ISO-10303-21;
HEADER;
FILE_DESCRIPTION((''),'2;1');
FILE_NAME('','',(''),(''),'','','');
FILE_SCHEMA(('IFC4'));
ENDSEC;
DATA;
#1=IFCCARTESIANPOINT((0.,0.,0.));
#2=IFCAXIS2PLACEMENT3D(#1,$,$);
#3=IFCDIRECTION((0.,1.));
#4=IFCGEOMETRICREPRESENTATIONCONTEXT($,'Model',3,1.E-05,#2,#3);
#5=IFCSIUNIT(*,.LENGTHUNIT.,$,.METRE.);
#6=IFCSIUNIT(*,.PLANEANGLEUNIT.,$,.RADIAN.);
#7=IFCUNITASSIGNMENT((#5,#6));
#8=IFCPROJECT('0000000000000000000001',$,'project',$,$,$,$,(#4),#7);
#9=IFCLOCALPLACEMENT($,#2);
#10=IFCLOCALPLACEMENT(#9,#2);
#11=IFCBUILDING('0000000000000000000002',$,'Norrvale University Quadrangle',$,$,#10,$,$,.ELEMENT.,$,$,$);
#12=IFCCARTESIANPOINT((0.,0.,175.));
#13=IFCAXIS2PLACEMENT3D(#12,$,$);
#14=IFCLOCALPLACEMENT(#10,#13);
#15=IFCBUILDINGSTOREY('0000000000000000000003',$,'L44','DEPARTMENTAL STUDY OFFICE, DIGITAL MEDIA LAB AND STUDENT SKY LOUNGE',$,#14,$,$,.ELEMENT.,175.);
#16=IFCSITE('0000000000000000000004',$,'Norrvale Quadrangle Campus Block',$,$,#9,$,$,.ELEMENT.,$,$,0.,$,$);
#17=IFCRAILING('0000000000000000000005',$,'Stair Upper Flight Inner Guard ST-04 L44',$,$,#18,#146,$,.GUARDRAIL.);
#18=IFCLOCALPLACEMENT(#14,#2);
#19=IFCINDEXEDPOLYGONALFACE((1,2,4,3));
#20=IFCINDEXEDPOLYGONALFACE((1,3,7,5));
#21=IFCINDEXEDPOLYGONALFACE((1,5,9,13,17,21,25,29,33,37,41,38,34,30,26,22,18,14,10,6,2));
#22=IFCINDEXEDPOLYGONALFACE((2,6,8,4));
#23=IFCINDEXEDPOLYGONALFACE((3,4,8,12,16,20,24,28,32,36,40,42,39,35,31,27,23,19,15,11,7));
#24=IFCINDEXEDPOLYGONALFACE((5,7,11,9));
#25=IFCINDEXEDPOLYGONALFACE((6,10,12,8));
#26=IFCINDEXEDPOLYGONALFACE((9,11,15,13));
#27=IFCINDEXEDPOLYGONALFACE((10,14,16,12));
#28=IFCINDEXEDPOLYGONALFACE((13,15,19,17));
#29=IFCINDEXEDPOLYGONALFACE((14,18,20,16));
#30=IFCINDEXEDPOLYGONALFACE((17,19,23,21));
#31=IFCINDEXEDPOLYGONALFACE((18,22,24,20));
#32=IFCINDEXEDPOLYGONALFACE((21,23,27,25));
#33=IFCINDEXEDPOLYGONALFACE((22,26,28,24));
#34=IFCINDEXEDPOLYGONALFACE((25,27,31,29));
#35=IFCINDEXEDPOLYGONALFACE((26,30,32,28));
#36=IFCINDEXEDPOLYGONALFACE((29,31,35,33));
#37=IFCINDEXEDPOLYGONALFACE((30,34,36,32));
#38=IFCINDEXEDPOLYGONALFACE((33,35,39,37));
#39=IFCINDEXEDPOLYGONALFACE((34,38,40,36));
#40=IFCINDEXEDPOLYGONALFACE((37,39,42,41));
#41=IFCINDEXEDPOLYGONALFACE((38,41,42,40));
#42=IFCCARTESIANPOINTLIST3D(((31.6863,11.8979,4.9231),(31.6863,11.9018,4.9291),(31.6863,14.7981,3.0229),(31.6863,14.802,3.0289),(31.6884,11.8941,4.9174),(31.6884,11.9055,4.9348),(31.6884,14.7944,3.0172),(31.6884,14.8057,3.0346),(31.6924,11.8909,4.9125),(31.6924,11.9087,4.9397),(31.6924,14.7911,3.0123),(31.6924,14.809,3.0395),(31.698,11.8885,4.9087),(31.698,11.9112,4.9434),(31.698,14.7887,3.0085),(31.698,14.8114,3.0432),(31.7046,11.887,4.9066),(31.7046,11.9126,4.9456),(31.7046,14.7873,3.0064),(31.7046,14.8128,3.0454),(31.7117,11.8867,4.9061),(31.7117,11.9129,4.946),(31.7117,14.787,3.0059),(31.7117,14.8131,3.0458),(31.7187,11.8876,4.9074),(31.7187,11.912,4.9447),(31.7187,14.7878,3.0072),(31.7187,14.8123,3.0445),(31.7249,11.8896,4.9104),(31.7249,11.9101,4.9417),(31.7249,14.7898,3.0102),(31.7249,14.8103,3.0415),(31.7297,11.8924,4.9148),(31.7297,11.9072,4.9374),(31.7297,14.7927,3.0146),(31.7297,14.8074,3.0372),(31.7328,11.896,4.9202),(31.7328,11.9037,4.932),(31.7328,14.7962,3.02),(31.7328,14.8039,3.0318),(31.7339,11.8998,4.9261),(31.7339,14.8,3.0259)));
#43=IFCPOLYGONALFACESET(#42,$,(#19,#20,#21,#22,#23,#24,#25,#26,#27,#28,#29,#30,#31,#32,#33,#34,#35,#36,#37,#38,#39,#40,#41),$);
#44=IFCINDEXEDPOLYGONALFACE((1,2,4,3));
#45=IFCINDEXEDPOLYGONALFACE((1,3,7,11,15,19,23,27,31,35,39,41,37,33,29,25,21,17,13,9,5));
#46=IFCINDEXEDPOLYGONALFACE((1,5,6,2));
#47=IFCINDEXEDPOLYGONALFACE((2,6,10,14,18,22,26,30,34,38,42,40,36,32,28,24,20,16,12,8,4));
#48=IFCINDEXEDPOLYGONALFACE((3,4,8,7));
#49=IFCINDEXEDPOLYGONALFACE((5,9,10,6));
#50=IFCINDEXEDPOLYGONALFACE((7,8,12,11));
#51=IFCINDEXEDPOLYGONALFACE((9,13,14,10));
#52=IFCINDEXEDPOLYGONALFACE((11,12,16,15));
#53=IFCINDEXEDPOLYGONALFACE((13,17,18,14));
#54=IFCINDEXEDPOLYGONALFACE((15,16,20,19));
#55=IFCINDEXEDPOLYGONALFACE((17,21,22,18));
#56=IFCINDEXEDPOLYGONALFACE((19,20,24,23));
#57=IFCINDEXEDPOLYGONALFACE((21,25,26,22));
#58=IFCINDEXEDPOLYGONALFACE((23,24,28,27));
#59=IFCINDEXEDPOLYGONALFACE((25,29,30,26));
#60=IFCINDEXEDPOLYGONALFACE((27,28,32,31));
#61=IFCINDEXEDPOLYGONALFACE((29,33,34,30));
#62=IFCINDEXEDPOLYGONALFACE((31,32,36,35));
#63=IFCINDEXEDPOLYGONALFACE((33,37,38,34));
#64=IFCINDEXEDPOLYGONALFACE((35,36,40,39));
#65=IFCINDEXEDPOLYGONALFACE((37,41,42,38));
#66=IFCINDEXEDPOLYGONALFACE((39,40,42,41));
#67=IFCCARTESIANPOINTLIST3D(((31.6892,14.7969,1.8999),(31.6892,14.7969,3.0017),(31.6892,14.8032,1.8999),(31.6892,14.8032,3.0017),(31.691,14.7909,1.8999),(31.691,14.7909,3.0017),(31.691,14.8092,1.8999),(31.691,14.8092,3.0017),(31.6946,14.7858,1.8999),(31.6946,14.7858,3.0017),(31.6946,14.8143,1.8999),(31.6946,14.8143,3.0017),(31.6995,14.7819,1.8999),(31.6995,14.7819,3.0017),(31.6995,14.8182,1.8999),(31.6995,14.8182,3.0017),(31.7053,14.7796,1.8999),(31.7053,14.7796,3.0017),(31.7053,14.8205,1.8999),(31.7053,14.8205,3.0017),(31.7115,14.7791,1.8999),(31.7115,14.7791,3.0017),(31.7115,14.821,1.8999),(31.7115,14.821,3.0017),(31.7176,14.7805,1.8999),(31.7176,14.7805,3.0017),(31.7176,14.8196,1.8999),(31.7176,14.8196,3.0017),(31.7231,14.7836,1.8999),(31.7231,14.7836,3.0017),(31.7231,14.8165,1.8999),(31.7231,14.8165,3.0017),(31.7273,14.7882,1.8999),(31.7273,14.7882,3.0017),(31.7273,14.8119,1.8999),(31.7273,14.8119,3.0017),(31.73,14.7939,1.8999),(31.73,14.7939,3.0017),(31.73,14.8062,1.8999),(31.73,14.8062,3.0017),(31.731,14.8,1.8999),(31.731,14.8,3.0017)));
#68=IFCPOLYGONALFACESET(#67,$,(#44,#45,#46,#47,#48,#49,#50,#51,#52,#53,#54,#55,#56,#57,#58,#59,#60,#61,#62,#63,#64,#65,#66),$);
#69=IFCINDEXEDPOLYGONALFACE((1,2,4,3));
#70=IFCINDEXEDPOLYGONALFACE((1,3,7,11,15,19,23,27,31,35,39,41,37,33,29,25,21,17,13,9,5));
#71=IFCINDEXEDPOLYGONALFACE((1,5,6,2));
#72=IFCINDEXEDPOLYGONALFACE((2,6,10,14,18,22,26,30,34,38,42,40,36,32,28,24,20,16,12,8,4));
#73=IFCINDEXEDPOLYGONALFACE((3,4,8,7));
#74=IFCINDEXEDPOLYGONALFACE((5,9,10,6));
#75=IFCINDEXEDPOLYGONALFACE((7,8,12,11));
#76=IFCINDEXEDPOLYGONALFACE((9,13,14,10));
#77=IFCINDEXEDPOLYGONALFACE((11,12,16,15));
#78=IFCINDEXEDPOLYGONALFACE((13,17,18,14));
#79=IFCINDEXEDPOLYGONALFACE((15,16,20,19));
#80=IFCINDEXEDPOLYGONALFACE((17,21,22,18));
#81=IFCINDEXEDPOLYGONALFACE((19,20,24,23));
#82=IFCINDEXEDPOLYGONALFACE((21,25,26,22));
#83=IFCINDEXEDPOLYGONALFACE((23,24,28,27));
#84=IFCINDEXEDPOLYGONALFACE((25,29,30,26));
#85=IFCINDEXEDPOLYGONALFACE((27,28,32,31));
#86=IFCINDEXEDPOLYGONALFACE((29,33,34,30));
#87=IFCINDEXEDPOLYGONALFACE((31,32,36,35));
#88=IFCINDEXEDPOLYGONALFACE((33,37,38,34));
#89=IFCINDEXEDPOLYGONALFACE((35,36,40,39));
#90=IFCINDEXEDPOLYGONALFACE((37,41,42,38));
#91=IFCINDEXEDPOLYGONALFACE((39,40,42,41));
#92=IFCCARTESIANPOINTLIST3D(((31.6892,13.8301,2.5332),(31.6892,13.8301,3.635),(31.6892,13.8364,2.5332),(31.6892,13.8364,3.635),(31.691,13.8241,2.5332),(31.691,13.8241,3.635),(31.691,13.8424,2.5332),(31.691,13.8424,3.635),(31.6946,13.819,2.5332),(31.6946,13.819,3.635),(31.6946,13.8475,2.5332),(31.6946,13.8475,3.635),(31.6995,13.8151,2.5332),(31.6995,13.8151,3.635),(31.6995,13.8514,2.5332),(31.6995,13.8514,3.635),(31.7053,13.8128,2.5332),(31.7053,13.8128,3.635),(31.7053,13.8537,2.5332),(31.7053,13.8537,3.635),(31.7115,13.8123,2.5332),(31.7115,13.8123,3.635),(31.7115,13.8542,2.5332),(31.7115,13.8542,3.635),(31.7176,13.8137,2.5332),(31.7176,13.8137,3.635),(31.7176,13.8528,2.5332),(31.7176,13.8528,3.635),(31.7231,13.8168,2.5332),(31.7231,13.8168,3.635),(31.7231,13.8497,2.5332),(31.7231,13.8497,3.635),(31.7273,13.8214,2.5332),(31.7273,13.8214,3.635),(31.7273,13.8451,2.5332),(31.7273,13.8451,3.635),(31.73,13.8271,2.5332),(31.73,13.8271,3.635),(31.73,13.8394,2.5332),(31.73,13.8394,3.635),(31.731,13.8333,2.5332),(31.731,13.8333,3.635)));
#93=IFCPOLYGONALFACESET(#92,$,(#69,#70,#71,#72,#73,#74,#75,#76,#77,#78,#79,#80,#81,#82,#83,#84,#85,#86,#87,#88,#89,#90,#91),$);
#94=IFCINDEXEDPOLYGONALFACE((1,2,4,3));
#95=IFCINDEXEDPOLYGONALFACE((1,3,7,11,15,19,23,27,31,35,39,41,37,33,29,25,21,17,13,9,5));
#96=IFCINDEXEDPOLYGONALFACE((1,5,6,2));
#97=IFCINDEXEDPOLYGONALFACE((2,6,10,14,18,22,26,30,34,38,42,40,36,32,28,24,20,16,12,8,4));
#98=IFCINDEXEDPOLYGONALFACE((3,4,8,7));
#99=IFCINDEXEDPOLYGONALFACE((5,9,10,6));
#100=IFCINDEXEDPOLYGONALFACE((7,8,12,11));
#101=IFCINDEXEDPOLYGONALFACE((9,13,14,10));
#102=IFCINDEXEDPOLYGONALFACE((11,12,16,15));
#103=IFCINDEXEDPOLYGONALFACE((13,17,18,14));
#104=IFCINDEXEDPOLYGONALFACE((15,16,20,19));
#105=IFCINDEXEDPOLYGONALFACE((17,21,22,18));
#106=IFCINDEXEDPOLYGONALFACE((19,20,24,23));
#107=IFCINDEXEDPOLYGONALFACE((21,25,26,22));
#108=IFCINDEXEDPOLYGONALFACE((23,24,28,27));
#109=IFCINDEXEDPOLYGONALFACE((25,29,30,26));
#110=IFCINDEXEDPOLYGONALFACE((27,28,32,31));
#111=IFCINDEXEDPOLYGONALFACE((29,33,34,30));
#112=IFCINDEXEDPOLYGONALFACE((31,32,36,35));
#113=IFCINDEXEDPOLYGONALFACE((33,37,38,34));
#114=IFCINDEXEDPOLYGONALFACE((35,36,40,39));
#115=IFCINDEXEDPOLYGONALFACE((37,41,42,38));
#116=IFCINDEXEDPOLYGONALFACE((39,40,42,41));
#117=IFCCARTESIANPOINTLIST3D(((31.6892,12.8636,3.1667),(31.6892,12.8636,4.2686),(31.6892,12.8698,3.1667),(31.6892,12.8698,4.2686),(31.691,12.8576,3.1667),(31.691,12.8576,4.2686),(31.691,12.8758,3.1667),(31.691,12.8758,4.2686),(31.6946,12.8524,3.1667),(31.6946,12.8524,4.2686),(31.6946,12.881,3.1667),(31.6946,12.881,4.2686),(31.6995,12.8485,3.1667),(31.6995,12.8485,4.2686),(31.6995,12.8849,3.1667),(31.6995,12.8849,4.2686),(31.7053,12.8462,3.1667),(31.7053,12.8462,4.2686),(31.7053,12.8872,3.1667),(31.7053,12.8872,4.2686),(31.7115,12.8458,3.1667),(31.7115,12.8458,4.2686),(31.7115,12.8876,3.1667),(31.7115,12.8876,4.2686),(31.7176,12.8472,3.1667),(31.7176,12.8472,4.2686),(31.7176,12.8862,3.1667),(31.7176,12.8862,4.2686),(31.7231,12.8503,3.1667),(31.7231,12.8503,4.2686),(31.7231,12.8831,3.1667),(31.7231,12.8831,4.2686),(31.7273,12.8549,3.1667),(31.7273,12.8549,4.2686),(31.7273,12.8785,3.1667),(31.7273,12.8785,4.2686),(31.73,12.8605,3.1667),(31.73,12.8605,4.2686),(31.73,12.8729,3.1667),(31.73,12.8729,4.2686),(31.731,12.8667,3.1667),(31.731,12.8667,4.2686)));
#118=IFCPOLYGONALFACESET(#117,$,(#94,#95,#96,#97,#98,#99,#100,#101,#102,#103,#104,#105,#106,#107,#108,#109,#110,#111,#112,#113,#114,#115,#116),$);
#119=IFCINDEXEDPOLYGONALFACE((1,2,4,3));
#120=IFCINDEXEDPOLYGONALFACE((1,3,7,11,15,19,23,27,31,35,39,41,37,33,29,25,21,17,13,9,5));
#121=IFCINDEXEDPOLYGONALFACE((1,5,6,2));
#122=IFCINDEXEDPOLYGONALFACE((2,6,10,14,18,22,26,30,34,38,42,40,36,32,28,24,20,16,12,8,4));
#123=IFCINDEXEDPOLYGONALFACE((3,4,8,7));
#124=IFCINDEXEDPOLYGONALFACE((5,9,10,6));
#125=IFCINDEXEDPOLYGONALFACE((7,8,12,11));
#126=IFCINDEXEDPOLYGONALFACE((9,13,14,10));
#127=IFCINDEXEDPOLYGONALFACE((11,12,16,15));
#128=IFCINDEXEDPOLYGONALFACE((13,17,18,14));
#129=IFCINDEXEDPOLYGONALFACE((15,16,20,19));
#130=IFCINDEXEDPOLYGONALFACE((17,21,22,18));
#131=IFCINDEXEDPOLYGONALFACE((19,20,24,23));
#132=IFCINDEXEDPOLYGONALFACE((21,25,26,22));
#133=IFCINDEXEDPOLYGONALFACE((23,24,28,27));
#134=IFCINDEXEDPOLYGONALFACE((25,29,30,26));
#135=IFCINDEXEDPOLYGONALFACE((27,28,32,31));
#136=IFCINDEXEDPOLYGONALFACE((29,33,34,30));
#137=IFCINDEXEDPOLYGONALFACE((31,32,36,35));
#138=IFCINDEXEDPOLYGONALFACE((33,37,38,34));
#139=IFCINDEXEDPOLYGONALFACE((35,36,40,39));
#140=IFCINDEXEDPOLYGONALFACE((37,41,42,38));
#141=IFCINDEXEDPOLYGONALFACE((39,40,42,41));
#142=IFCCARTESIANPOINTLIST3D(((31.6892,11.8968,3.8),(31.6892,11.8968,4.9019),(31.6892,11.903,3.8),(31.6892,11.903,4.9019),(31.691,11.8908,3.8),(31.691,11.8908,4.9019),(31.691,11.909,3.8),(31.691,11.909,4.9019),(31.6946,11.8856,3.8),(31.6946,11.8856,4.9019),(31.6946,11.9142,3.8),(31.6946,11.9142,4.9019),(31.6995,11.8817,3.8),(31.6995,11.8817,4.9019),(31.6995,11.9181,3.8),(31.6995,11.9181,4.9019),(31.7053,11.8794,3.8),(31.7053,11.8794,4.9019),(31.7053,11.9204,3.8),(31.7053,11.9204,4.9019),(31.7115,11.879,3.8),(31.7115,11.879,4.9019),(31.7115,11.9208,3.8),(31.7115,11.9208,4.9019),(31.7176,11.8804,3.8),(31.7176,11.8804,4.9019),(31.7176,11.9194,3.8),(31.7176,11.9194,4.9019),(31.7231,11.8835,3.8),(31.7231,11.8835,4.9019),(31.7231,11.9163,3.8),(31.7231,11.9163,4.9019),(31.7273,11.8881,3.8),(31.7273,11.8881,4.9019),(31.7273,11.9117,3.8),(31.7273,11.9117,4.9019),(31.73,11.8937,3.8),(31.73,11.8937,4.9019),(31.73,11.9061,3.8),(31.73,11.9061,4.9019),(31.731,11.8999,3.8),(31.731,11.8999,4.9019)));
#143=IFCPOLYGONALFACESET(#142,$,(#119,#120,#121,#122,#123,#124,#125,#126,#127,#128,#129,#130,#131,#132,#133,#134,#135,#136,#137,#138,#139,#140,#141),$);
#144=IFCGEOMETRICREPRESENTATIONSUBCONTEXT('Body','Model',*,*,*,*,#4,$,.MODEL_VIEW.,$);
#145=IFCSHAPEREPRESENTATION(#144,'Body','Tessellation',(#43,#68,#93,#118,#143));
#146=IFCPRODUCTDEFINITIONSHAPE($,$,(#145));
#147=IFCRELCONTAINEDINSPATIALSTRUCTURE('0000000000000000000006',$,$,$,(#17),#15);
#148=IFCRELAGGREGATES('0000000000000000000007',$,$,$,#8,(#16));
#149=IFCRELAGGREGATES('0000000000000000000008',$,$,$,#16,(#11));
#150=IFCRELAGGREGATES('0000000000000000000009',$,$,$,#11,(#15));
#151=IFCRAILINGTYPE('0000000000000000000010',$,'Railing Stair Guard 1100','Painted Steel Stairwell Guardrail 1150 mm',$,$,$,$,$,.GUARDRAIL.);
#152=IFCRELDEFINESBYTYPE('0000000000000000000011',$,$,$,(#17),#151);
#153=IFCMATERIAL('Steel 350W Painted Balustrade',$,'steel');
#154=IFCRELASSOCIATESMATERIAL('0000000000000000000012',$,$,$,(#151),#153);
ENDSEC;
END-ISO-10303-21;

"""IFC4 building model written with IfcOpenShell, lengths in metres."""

from ifc_helpers import new_model, si_unit, direction, frame, origin, origin_2d, place, context, subcontext, project, spatial, circle, extrude, material, type_object, element, save


model = new_model("IFC4")

# Units and contexts
model_context = context("Model", 3, precision=1e-05, world=origin(), true_north=direction((0.0, 1.0)))
body_context = subcontext(model_context, "Body", "Model", "MODEL_VIEW")
ifc_project = project(units=[si_unit("LENGTHUNIT", "METRE"), si_unit("PLANEANGLEUNIT", "RADIAN")], contexts=[model_context])

# Site, building, storey
site_placement = place(None, origin())
site = spatial("IfcSite", under=ifc_project, at=site_placement, Name="Norrvale Quadrangle Campus Block", CompositionType="ELEMENT", RefElevation=0.0)
building_placement = place(site_placement, origin())
building = spatial("IfcBuilding", under=site, at=building_placement, Name="Norrvale University Quadrangle", CompositionType="ELEMENT")
storey_placement = place(building_placement, frame((0.0, 0.0, 175.0)))
storey = spatial("IfcBuildingStorey", under=building, at=storey_placement, Name="L44", Description="DEPARTMENTAL STUDY OFFICE, DIGITAL MEDIA LAB AND STUDENT SKY LOUNGE", CompositionType="ELEMENT", Elevation=175.0)

# Railing
ifc_material_1 = material(Name="Steel 350W Painted Balustrade", Category="steel")
railing_type_1 = type_object("IfcRailingType", Name="Railing Stair Guard 1100", Description="Painted Steel Stairwell Guardrail 1150 mm", PredefinedType="GUARDRAIL", material=ifc_material_1)
railing_1_placement = place(storey_placement, frame((31.71, 14.8, 1.8999)))
element("IfcRailing", 1, at=railing_1_placement, inside=storey, type_object=railing_type_1, Name="Stair Upper Flight Inner Guard ST-04 L44", PredefinedType="GUARDRAIL", context=body_context, shape_type="SweptSolid", body=[
    extrude(circle(Radius=0.0239, at=origin_2d()), frame((0.0, 0.0, 1.126), z_axis=(0.0, -0.836454, 0.548036), x_axis=(1.0, 0.0, 0.0)), (0.0, 0.0, 1.0), 3.4673),
    extrude(circle(Radius=0.021, at=origin_2d()), origin(), (0.0, 0.0, 1.0), 1.1018),
    extrude(circle(Radius=0.021, at=origin_2d()), frame((0.0, -0.9668, 0.6333)), (0.0, 0.0, 1.0), 1.1018),
    extrude(circle(Radius=0.021, at=origin_2d()), frame((0.0, -1.9333, 1.2668)), (0.0, 0.0, 1.0), 1.1018),
    extrude(circle(Radius=0.021, at=origin_2d()), frame((0.0, -2.9001, 1.9001)), (0.0, 0.0, 1.0), 1.1018),
])

save(model, "model.ifc")
